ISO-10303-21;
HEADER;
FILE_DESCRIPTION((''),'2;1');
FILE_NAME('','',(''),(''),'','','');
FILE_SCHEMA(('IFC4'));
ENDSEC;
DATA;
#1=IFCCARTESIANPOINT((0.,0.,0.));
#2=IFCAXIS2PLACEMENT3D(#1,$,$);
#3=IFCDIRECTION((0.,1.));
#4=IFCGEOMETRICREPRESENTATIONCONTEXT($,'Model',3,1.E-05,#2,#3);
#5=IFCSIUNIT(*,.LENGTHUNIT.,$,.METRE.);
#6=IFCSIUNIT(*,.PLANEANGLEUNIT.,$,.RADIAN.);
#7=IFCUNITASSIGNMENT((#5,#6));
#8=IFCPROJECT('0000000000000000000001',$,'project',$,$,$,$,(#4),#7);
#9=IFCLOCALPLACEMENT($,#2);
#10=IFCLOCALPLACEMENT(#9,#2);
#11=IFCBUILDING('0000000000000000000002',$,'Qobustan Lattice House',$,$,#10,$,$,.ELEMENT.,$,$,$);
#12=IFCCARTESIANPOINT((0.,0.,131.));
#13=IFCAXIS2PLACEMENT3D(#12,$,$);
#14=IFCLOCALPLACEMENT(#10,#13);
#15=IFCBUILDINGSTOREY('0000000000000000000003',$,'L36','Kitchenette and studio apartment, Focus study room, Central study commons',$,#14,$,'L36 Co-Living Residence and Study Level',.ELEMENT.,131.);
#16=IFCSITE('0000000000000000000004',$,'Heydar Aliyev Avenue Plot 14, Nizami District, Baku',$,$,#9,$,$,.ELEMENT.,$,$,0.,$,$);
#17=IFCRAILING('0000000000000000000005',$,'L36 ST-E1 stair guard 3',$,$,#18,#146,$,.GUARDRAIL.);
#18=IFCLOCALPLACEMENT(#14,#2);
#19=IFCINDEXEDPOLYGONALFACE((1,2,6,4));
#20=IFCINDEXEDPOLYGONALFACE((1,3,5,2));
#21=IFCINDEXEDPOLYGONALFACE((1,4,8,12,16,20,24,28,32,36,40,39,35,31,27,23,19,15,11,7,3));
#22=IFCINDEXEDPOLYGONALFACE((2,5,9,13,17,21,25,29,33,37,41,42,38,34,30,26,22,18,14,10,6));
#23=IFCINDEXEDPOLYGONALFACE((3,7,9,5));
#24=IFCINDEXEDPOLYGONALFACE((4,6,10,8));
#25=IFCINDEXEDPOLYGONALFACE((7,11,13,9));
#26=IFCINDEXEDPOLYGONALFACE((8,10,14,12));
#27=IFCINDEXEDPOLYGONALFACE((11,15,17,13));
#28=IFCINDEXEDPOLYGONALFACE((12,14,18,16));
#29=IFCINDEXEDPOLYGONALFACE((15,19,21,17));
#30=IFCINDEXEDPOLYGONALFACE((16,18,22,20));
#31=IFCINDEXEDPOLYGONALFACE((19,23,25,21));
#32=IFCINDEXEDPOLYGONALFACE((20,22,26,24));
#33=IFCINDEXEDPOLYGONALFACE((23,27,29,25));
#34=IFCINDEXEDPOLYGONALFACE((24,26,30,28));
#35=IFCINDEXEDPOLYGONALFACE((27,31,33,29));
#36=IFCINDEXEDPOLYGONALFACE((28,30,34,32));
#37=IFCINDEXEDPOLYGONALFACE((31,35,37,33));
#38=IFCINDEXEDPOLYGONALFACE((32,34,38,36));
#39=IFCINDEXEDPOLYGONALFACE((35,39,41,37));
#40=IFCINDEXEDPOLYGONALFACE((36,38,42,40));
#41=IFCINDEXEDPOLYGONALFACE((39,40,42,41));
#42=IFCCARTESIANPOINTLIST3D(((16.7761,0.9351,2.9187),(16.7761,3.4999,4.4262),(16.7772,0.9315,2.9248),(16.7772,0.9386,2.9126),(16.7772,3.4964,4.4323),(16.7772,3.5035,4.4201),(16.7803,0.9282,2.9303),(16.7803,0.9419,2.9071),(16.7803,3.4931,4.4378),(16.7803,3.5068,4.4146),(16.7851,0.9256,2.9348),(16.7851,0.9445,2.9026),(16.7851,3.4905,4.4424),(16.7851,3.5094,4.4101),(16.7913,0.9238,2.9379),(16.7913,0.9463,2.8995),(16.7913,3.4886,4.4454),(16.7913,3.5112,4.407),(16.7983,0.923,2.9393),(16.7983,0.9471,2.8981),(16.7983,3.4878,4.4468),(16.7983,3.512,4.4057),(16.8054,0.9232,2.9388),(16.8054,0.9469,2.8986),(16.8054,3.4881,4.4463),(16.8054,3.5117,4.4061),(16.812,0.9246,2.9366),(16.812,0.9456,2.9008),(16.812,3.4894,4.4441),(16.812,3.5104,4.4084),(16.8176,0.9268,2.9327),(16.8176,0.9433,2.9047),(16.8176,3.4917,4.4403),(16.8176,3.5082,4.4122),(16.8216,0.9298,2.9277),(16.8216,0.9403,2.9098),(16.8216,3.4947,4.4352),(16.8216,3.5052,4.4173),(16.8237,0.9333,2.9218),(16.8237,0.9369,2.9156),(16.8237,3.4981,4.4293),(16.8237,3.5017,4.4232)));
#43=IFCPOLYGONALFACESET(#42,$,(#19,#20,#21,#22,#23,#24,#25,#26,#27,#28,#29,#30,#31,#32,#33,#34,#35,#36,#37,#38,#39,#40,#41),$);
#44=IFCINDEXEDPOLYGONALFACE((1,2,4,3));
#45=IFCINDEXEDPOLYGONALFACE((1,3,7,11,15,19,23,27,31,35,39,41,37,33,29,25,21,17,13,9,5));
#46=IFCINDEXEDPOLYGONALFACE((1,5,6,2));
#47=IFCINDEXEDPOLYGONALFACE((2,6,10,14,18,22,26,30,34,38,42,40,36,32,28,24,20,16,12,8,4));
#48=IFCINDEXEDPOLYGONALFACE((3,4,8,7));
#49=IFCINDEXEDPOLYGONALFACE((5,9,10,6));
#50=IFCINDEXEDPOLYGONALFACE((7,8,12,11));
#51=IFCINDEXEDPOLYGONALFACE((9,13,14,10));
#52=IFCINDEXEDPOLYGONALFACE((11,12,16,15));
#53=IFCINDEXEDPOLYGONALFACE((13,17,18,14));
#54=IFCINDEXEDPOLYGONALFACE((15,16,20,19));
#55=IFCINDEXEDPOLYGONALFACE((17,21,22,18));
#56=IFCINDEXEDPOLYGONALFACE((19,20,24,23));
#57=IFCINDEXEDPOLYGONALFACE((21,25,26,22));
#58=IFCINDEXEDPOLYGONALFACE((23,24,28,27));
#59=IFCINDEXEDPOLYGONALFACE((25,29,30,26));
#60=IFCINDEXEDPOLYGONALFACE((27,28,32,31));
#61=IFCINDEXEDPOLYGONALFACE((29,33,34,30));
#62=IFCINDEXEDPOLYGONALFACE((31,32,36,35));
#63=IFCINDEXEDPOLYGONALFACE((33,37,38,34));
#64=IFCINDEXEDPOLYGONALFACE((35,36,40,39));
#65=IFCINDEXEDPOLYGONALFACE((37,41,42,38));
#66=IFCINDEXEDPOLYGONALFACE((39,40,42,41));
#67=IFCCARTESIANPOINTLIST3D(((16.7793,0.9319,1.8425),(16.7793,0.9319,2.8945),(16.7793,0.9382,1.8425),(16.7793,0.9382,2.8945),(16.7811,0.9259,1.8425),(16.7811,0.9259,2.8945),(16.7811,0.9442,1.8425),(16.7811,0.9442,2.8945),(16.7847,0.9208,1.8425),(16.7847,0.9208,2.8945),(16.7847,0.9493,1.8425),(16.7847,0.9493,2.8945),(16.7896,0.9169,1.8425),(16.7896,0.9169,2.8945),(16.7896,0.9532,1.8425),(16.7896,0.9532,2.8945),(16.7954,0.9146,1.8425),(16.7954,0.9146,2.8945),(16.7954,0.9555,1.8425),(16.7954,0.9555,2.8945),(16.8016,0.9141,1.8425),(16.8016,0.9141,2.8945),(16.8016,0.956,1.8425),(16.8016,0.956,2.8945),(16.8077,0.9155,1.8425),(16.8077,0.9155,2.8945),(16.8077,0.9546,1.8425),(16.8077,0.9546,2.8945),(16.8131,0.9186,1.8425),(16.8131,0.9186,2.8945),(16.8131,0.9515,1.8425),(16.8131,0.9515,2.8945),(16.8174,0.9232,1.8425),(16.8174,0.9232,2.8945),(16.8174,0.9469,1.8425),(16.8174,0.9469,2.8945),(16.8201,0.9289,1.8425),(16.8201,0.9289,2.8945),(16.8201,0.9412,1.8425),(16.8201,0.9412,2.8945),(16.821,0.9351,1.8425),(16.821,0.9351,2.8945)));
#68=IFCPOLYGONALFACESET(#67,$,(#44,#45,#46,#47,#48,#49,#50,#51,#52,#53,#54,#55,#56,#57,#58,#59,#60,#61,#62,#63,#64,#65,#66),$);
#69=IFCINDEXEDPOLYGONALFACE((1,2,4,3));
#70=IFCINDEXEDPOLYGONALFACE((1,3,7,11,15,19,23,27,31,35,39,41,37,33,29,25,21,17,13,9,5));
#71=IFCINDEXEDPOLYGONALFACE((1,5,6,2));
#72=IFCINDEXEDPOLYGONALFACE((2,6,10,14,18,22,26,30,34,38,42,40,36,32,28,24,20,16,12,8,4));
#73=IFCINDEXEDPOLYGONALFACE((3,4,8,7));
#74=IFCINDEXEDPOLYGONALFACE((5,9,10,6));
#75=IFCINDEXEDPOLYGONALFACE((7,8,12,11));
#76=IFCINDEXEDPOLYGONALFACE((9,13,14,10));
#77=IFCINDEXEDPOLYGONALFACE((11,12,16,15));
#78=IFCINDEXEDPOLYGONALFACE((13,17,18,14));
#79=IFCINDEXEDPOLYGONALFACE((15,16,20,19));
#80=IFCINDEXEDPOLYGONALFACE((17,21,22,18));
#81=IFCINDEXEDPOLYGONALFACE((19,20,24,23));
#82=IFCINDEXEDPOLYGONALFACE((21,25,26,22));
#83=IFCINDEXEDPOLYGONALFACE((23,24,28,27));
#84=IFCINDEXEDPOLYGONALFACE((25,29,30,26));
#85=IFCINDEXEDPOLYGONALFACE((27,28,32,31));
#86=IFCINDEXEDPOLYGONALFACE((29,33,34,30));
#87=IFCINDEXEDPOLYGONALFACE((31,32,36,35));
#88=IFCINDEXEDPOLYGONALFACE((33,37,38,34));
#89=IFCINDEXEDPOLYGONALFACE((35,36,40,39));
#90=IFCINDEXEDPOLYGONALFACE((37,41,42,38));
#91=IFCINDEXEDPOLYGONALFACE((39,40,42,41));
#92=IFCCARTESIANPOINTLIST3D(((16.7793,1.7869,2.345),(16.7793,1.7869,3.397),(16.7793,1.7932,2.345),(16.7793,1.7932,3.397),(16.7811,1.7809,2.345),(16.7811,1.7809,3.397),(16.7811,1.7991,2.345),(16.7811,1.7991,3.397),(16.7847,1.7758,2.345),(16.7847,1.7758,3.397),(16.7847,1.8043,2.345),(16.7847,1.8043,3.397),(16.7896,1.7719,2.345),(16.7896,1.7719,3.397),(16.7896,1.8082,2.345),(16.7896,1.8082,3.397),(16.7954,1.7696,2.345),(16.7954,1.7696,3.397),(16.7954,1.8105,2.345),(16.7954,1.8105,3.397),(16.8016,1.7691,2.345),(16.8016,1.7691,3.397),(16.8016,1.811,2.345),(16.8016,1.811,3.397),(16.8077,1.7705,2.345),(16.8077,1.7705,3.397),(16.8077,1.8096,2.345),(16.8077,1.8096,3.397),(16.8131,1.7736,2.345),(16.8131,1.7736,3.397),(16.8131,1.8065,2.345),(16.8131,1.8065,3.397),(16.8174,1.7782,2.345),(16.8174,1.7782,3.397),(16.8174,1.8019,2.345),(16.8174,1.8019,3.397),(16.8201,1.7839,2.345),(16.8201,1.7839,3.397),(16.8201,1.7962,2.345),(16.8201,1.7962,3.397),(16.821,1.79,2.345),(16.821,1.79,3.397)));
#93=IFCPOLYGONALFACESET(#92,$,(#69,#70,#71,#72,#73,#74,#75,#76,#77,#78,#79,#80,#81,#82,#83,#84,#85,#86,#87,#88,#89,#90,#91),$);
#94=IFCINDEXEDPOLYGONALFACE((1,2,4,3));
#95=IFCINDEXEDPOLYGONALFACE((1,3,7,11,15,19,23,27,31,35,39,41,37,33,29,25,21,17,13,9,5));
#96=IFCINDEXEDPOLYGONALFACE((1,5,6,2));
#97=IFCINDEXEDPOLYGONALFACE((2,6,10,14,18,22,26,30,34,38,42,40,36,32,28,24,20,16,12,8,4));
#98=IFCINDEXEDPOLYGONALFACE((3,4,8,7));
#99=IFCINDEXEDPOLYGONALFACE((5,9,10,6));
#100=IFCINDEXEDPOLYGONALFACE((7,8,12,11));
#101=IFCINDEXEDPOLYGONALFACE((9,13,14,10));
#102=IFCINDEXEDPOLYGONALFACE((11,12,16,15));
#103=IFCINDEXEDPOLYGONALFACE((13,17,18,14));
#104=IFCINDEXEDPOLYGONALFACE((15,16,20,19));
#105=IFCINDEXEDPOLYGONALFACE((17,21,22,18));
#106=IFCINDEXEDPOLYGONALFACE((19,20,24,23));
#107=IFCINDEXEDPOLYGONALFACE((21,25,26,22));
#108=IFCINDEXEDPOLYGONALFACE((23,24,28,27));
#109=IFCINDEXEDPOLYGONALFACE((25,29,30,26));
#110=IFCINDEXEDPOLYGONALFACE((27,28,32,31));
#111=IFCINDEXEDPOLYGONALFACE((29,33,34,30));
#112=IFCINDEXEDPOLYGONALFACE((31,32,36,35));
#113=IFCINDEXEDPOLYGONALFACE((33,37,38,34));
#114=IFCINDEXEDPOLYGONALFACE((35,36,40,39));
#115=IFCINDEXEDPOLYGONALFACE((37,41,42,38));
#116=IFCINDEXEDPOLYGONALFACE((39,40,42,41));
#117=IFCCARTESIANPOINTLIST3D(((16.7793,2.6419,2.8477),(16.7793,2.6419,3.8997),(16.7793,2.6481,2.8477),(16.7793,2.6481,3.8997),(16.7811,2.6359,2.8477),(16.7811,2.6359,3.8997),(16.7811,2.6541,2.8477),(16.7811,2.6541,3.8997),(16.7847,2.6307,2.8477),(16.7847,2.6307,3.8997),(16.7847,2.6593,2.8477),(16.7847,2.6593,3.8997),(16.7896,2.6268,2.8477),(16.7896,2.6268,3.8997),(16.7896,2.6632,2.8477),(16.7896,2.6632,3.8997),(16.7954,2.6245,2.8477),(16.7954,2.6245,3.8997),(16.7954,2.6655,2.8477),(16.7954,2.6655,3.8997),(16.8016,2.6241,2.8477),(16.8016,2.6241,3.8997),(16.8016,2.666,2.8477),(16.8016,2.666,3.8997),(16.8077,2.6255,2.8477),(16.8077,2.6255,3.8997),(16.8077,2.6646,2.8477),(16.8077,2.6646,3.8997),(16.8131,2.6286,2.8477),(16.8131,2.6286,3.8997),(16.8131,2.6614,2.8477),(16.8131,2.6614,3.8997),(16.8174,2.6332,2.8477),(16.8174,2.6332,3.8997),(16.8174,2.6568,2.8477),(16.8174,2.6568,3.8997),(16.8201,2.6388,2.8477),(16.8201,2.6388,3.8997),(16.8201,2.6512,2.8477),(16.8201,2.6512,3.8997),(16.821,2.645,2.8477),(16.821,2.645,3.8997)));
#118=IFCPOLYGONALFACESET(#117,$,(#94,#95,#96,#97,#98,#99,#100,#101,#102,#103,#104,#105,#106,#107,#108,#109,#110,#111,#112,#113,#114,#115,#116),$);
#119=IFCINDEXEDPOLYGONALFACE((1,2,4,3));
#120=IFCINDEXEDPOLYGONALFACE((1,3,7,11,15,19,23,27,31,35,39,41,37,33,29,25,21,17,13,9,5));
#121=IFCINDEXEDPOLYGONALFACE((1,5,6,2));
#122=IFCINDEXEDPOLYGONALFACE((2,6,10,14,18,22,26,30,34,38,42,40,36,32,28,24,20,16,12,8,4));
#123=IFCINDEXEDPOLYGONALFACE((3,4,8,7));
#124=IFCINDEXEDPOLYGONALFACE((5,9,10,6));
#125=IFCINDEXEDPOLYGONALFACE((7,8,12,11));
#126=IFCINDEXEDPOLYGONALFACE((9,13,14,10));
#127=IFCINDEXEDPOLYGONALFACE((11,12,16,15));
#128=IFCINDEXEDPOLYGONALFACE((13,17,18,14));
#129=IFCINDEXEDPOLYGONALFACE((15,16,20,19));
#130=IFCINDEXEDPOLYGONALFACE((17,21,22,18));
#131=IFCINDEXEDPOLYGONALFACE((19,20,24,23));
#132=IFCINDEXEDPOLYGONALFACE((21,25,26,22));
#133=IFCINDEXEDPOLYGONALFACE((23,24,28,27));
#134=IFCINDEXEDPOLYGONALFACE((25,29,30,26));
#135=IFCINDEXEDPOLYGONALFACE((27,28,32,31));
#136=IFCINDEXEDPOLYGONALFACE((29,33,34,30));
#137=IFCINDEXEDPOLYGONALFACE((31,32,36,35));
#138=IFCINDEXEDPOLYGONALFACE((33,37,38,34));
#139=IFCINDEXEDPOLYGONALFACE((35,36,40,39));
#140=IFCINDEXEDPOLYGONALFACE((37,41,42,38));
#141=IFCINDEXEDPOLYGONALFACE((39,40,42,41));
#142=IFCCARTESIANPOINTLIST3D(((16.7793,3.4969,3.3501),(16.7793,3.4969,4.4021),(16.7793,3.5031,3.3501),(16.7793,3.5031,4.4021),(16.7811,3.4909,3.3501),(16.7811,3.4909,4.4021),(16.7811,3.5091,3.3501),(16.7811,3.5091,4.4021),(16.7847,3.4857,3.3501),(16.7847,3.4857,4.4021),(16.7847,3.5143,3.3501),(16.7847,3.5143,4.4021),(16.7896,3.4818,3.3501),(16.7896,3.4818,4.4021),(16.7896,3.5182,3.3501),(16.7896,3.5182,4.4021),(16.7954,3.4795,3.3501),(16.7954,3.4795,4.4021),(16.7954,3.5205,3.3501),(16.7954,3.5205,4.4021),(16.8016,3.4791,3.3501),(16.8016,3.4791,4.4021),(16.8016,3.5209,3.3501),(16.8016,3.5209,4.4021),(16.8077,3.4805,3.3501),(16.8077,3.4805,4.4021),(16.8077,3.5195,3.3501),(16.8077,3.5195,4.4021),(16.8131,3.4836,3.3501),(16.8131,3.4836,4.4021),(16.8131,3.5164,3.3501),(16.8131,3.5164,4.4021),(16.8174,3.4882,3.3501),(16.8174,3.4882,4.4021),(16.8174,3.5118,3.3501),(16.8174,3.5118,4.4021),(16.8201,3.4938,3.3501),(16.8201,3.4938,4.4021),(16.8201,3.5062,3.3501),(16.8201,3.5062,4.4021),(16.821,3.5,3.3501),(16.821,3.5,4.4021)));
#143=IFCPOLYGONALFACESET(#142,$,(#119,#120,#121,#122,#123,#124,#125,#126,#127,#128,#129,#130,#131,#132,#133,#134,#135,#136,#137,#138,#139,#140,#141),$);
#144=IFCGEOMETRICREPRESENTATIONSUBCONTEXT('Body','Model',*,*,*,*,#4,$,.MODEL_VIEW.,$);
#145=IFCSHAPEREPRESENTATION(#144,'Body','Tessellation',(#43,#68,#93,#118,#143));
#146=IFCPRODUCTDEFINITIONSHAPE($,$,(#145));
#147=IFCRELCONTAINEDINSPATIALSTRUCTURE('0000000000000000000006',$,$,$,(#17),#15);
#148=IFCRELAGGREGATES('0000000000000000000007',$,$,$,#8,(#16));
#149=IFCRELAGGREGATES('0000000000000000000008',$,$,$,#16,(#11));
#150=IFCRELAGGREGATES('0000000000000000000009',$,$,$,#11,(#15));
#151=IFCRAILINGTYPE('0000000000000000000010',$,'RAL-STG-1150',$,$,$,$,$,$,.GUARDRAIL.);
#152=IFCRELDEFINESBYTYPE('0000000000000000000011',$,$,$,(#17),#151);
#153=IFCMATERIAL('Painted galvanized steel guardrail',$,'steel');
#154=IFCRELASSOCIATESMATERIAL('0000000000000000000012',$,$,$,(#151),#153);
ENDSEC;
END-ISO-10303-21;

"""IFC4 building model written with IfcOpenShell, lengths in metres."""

from ifc_helpers import new_model, si_unit, direction, frame, origin, origin_2d, place, context, subcontext, project, spatial, circle, extrude, material, type_object, element, save


model = new_model("IFC4")

# Units and contexts
model_context = context("Model", 3, precision=1e-05, world=origin(), true_north=direction((0.0, 1.0)))
body_context = subcontext(model_context, "Body", "Model", "MODEL_VIEW")
ifc_project = project(units=[si_unit("LENGTHUNIT", "METRE"), si_unit("PLANEANGLEUNIT", "RADIAN")], contexts=[model_context])

# Site, building, storey
site_placement = place(None, origin())
site = spatial("IfcSite", under=ifc_project, at=site_placement, Name="Heydar Aliyev Avenue Plot 14, Nizami District, Baku", CompositionType="ELEMENT", RefElevation=0.0)
building_placement = place(site_placement, origin())
building = spatial("IfcBuilding", under=site, at=building_placement, Name="Qobustan Lattice House", CompositionType="ELEMENT")
storey_placement = place(building_placement, frame((0.0, 0.0, 131.0)))
storey = spatial("IfcBuildingStorey", under=building, at=storey_placement, Name="L36", Description="Kitchenette and studio apartment, Focus study room, Central study commons", LongName="L36 Co-Living Residence and Study Level", CompositionType="ELEMENT", Elevation=131.0)

# Railing
ifc_material_1 = material(Name="Painted galvanized steel guardrail", Category="steel")
railing_type_1 = type_object("IfcRailingType", Name="RAL-STG-1150", PredefinedType="GUARDRAIL", material=ifc_material_1)
railing_1_placement = place(storey_placement, frame((16.8, 0.9351, 1.8425)))
element("IfcRailing", 1, at=railing_1_placement, inside=storey, type_object=railing_type_1, Name="L36 ST-E1 stair guard 3", PredefinedType="GUARDRAIL", context=body_context, shape_type="SweptSolid", body=[
    extrude(circle(Radius=0.0239, at=origin_2d()), frame((0.0, 0.0, 1.0762), z_axis=(0.0, 0.862113, 0.506715), x_axis=(-1.0, 0.0, 0.0)), (0.0, 0.0, 1.0), 2.9751),
    extrude(circle(Radius=0.021, at=origin_2d()), origin(), (0.0, 0.0, 1.0), 1.052),
    extrude(circle(Radius=0.021, at=origin_2d()), frame((0.0, 0.855, 0.5024)), (0.0, 0.0, 1.0), 1.052),
    extrude(circle(Radius=0.021, at=origin_2d()), frame((0.0, 1.71, 1.0051)), (0.0, 0.0, 1.0), 1.052),
    extrude(circle(Radius=0.021, at=origin_2d()), frame((0.0, 2.5649, 1.5076)), (0.0, 0.0, 1.0), 1.052),
])

save(model, "model.ifc")
